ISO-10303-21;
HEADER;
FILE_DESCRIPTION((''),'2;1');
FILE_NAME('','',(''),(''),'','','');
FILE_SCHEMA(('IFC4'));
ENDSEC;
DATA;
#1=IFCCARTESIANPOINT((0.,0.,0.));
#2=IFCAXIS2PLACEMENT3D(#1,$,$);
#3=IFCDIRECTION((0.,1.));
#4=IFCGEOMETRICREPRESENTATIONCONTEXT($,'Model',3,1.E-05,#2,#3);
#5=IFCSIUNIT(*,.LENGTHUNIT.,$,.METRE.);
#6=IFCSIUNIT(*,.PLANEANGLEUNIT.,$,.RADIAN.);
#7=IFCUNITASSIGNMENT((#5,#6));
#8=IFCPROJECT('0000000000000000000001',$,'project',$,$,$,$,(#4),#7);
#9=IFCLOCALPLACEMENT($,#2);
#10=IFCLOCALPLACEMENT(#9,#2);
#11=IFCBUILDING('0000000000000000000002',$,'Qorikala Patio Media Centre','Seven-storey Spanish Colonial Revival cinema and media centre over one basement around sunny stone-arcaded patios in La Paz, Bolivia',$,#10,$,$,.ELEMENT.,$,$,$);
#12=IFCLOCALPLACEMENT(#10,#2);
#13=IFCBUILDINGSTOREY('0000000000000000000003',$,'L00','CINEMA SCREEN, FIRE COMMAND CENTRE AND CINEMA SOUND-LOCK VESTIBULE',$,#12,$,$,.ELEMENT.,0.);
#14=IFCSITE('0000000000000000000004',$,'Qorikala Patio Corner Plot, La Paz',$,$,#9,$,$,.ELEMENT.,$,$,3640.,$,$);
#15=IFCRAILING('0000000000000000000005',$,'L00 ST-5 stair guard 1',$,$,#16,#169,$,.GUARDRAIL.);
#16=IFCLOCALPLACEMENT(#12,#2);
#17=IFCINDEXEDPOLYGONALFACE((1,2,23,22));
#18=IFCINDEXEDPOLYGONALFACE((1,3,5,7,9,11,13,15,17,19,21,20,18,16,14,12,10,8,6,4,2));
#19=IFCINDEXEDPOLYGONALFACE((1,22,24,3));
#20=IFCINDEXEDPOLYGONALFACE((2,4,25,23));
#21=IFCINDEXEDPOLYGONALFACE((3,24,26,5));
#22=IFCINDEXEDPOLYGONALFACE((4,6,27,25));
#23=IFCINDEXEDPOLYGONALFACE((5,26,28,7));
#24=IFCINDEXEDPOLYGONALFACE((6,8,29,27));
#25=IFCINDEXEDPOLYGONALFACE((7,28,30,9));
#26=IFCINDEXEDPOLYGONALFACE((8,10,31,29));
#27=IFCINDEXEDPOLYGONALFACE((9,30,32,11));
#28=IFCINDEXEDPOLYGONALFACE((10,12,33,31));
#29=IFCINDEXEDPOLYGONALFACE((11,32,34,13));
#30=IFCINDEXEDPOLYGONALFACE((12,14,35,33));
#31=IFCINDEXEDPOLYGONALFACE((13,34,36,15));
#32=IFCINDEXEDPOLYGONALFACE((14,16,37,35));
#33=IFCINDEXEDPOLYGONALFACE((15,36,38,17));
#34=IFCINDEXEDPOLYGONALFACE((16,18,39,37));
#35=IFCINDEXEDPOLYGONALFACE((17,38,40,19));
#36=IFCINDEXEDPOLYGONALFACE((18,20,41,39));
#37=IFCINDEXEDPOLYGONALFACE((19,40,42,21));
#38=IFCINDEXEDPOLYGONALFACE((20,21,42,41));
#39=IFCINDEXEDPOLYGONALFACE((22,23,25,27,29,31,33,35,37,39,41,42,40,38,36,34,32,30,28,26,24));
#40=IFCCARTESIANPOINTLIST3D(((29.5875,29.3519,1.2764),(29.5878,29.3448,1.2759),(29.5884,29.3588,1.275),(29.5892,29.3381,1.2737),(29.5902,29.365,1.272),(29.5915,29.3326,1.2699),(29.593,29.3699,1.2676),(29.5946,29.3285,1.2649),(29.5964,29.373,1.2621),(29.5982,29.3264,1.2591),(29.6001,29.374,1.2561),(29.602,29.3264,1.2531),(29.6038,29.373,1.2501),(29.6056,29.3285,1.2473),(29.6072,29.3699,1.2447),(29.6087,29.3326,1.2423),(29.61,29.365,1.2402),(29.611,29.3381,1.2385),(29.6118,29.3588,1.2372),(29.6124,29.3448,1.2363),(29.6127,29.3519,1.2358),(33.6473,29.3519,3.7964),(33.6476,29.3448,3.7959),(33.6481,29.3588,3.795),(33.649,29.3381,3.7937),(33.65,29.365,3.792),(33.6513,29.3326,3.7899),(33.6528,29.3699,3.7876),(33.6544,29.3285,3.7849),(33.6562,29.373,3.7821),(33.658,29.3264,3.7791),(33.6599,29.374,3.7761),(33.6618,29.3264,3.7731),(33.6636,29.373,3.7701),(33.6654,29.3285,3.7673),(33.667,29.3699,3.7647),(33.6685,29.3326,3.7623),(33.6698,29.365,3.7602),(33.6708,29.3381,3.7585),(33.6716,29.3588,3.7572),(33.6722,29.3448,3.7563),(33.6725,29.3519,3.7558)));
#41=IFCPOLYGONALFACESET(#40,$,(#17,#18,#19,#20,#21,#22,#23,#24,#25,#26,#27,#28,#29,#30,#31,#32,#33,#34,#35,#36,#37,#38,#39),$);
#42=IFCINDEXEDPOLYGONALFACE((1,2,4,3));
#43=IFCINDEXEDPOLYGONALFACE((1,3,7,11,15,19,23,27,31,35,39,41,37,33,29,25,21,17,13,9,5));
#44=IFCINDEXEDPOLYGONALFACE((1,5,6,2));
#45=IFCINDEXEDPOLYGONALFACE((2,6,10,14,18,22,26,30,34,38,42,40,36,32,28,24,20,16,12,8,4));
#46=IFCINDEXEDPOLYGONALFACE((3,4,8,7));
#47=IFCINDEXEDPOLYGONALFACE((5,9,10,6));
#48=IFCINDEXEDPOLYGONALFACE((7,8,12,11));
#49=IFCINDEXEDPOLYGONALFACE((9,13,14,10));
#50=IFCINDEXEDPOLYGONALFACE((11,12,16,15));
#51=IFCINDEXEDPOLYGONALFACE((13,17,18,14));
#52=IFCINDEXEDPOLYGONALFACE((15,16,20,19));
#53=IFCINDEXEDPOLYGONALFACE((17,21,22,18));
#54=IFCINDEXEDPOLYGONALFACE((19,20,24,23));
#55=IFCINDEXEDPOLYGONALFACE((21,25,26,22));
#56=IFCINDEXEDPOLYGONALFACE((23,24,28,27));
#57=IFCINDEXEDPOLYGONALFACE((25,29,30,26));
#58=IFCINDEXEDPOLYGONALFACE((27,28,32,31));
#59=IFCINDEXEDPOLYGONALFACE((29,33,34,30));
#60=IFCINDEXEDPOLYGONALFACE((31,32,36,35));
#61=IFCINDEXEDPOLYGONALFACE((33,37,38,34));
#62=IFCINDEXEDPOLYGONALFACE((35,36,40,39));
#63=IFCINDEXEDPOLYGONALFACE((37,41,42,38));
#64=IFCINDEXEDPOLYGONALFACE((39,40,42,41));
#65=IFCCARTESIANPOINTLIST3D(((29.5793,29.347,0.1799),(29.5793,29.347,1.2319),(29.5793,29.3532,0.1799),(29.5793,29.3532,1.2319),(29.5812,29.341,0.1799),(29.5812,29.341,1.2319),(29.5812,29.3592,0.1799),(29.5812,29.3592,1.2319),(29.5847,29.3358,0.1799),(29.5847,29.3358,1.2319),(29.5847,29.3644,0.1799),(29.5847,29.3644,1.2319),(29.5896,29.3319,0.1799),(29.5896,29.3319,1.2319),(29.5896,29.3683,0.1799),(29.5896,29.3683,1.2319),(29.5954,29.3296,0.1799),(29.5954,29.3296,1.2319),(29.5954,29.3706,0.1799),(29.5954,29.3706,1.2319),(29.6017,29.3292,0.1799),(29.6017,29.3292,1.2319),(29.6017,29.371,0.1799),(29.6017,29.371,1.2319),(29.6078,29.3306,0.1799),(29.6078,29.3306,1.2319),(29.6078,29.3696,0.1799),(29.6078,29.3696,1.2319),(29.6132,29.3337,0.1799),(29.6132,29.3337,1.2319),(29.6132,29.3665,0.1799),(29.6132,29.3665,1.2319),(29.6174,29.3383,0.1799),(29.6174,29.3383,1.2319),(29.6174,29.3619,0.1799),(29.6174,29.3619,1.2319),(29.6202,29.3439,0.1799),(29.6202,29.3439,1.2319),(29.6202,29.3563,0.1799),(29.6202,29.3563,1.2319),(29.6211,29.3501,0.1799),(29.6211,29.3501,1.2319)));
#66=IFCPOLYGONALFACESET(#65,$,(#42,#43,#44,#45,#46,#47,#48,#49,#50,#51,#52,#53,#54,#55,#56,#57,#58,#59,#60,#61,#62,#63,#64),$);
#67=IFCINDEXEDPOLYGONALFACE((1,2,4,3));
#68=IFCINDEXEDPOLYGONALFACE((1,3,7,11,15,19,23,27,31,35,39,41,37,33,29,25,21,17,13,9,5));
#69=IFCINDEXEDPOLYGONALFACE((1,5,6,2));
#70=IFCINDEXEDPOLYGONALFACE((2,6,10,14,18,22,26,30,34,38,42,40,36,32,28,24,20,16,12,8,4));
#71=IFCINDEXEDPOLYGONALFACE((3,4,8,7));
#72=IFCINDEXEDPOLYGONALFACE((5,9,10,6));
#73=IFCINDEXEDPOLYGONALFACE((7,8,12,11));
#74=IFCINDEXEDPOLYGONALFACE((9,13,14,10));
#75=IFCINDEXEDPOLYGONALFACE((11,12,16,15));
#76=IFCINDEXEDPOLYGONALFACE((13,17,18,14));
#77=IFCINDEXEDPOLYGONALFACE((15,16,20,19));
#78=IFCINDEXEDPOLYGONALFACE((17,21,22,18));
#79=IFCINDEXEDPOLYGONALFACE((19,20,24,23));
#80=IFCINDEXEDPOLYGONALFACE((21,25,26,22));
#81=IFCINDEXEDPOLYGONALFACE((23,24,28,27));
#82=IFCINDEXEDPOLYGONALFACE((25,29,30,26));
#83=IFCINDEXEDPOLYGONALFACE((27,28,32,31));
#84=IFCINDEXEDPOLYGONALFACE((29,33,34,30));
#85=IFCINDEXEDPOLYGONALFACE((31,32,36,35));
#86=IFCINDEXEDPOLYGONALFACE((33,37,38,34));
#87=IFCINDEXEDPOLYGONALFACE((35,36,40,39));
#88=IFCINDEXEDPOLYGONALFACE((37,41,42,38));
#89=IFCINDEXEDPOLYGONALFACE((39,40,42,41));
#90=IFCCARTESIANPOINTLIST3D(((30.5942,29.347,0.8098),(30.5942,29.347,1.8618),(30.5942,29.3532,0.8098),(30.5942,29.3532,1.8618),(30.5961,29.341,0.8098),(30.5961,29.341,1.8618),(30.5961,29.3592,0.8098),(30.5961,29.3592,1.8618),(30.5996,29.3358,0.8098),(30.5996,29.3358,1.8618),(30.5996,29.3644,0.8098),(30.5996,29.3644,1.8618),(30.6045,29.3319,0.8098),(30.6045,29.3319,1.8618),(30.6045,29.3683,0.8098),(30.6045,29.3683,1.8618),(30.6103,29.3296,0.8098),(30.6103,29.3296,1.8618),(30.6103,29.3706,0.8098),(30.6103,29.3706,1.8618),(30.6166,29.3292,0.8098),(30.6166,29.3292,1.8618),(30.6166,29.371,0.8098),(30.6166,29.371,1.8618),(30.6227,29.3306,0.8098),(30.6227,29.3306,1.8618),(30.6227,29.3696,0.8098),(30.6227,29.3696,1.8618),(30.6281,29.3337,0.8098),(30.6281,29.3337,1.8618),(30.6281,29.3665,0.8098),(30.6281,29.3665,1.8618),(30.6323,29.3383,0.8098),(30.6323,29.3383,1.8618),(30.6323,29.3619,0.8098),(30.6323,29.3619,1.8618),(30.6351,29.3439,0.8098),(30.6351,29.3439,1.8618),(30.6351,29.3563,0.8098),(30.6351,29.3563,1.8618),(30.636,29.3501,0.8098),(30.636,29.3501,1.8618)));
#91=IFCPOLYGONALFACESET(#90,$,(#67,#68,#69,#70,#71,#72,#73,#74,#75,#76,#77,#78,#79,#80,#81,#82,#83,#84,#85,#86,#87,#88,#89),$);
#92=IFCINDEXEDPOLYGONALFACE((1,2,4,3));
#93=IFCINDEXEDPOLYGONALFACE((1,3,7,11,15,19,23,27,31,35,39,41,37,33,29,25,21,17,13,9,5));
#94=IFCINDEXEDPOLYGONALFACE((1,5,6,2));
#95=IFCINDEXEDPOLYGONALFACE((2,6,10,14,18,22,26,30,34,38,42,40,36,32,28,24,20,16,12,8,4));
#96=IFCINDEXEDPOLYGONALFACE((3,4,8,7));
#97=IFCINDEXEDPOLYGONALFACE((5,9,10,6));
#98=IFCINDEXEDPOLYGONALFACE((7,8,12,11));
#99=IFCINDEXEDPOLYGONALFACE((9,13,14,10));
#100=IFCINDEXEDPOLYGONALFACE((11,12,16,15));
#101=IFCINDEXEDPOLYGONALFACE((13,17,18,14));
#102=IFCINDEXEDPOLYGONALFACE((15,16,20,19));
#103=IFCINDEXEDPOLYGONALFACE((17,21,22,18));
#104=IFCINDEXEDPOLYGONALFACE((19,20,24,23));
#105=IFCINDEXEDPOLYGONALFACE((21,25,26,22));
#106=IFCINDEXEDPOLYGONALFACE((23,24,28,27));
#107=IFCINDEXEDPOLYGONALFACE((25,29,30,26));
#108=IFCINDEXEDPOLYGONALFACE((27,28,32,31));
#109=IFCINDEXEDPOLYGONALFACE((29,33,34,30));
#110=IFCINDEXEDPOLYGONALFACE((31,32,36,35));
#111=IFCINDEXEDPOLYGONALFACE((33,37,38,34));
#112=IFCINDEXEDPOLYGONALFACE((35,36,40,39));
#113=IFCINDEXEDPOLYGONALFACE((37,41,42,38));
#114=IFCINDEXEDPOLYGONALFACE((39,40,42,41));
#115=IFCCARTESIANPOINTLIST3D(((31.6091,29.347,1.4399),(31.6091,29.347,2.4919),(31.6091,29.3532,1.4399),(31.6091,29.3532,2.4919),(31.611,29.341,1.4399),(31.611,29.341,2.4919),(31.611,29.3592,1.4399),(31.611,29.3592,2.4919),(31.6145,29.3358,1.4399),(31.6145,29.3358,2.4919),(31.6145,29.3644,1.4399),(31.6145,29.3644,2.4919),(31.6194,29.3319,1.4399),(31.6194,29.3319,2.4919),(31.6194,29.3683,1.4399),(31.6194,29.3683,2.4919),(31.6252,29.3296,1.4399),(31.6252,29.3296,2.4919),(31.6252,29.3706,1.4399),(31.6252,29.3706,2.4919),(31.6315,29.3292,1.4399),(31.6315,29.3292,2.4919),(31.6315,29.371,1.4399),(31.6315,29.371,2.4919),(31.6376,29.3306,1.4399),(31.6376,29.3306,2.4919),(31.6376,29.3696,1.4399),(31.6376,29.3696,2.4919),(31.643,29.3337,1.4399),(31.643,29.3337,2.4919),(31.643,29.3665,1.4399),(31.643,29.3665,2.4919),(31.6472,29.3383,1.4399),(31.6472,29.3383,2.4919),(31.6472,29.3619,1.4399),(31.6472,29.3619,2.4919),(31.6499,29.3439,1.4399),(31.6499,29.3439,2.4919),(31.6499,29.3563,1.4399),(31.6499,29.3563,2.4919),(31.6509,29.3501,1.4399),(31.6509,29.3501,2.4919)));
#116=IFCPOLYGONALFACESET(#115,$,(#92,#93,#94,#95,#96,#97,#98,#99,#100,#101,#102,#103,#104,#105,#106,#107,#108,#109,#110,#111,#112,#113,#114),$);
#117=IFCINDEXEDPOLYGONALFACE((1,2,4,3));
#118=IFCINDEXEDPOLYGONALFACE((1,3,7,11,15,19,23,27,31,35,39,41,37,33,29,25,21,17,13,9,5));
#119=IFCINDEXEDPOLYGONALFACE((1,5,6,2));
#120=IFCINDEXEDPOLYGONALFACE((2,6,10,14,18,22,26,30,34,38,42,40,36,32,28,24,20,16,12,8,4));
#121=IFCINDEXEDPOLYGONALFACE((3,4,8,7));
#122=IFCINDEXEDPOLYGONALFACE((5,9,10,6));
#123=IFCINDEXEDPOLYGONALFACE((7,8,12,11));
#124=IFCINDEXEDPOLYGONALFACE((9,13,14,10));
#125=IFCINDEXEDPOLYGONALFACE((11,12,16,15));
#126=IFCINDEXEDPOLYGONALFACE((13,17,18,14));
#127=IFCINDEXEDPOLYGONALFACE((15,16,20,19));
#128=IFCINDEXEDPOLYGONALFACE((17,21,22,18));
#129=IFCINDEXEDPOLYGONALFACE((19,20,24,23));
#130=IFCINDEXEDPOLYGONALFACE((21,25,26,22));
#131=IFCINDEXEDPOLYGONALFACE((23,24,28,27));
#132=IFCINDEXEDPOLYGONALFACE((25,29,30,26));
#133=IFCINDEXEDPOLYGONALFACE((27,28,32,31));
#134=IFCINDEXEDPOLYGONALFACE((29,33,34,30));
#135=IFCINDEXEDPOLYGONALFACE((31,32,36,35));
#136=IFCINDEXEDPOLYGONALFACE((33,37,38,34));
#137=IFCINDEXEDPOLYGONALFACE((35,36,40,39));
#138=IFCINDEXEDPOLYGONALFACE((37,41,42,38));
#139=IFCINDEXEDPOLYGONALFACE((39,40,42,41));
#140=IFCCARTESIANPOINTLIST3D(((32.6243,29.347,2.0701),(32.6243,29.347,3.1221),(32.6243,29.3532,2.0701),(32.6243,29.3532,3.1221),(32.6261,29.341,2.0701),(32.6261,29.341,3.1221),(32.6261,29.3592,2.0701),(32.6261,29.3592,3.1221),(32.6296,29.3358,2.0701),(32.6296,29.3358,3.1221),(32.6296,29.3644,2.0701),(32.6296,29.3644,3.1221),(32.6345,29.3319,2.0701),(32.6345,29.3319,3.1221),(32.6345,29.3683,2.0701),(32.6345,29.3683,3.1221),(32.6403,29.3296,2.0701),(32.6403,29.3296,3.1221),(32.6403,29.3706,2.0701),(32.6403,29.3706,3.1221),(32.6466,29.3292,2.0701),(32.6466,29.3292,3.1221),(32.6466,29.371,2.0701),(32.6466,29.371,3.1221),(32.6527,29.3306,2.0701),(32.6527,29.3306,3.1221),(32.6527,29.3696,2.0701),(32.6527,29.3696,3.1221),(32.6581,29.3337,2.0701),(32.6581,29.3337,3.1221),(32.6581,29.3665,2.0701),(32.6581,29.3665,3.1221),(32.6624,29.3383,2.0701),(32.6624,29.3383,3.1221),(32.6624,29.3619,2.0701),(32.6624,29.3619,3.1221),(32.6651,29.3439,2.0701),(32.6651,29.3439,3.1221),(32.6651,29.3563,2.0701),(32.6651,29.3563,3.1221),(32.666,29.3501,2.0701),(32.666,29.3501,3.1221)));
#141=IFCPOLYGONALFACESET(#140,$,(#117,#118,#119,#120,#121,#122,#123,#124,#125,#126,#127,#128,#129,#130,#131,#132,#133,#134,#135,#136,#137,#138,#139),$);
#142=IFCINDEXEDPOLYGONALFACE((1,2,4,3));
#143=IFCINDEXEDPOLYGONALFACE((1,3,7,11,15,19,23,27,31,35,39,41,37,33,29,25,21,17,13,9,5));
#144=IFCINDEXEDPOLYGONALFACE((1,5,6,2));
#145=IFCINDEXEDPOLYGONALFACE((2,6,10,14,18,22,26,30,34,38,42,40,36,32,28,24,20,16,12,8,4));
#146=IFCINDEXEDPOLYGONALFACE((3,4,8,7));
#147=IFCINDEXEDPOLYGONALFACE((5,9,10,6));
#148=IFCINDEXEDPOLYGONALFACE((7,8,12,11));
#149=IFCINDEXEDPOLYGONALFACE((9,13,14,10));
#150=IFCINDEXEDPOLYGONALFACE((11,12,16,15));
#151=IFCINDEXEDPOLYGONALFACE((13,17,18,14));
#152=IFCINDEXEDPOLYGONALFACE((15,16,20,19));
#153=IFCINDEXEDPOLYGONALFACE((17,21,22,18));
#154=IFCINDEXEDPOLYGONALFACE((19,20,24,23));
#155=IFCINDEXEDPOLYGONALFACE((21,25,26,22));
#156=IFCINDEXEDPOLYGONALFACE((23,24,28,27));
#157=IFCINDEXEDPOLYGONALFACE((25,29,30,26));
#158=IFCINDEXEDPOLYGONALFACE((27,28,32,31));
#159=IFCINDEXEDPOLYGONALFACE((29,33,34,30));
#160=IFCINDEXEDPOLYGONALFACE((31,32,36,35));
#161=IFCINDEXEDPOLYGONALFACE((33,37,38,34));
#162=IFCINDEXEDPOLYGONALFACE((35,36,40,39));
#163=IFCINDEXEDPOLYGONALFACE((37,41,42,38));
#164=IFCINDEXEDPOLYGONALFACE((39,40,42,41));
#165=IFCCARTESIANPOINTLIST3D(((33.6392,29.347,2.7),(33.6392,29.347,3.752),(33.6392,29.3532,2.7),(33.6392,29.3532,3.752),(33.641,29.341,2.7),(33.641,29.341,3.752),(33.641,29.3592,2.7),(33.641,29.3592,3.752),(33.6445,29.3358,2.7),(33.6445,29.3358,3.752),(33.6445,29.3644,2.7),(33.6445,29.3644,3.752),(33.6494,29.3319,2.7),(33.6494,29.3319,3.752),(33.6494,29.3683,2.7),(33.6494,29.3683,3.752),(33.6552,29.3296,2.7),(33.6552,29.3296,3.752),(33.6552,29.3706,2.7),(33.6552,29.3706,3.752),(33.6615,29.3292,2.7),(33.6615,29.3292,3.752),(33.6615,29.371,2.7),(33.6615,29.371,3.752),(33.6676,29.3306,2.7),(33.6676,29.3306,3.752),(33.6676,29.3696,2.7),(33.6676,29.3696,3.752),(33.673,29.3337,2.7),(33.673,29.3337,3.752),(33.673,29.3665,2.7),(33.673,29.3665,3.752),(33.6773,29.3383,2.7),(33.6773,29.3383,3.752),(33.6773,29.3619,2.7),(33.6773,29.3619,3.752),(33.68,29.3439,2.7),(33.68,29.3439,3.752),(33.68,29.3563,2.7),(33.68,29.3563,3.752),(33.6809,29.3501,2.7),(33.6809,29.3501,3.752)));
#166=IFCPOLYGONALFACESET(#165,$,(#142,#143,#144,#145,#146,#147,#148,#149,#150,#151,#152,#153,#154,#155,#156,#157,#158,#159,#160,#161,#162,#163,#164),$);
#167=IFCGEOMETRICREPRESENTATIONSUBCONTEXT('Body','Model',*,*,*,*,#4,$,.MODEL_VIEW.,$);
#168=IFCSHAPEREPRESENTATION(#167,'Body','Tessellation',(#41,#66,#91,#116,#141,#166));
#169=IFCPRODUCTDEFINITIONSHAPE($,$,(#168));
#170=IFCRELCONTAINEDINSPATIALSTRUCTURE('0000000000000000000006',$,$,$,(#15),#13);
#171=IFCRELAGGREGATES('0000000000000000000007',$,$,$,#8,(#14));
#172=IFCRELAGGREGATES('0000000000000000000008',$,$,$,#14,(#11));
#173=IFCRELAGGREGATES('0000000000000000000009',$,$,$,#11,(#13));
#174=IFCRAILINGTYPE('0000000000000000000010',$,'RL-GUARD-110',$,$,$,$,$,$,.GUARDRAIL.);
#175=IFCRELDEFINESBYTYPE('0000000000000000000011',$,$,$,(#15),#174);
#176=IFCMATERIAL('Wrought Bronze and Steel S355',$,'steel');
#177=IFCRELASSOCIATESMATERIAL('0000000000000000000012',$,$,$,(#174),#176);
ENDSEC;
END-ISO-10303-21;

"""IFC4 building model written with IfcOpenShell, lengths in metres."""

from ifc_helpers import new_model, si_unit, direction, frame, origin, origin_2d, place, context, subcontext, project, spatial, circle, extrude, material, type_object, element, save


model = new_model("IFC4")

# Units and contexts
model_context = context("Model", 3, precision=1e-05, world=origin(), true_north=direction((0.0, 1.0)))
body_context = subcontext(model_context, "Body", "Model", "MODEL_VIEW")
ifc_project = project(units=[si_unit("LENGTHUNIT", "METRE"), si_unit("PLANEANGLEUNIT", "RADIAN")], contexts=[model_context])

# Site, building, storey
site_placement = place(None, origin())
site = spatial("IfcSite", under=ifc_project, at=site_placement, Name="Qorikala Patio Corner Plot, La Paz", CompositionType="ELEMENT", RefElevation=3640.0)
building_placement = place(site_placement, origin())
building = spatial("IfcBuilding", under=site, at=building_placement, Name="Qorikala Patio Media Centre", Description="Seven-storey Spanish Colonial Revival cinema and media centre over one basement around sunny stone-arcaded patios in La Paz, Bolivia", CompositionType="ELEMENT")
storey_placement = place(building_placement, origin())
storey = spatial("IfcBuildingStorey", under=building, at=storey_placement, Name="L00", Description="CINEMA SCREEN, FIRE COMMAND CENTRE AND CINEMA SOUND-LOCK VESTIBULE", CompositionType="ELEMENT", Elevation=0.0)

# Railing
ifc_material_1 = material(Name="Wrought Bronze and Steel S355", Category="steel")
railing_type_1 = type_object("IfcRailingType", Name="RL-GUARD-110", PredefinedType="GUARDRAIL", material=ifc_material_1)
railing_1_placement = place(storey_placement, frame((29.6001, 29.3501, 0.1799)))
element("IfcRailing", 1, at=railing_1_placement, inside=storey, type_object=railing_type_1, Name="L00 ST-5 stair guard 1", PredefinedType="GUARDRAIL", context=body_context, shape_type="SweptSolid", body=[
    extrude(circle(Radius=0.0239, at=origin_2d()), frame((0.0, 0.0, 1.0762), z_axis=(0.849628, 0.0, 0.527383), x_axis=(0.0, 1.0, 0.0)), (0.0, 0.0, 1.0), 4.7783),
    extrude(circle(Radius=0.021, at=origin_2d()), origin(), (0.0, 0.0, 1.0), 1.052),
    extrude(circle(Radius=0.021, at=origin_2d()), frame((1.0149, 0.0, 0.6299)), (0.0, 0.0, 1.0), 1.052),
    extrude(circle(Radius=0.021, at=origin_2d()), frame((2.0298, 0.0, 1.26)), (0.0, 0.0, 1.0), 1.052),
    extrude(circle(Radius=0.021, at=origin_2d()), frame((3.0449, 0.0, 1.8901)), (0.0, 0.0, 1.0), 1.052),
    extrude(circle(Radius=0.021, at=origin_2d()), frame((4.0598, 0.0, 2.52)), (0.0, 0.0, 1.0), 1.052),
])

save(model, "model.ifc")
